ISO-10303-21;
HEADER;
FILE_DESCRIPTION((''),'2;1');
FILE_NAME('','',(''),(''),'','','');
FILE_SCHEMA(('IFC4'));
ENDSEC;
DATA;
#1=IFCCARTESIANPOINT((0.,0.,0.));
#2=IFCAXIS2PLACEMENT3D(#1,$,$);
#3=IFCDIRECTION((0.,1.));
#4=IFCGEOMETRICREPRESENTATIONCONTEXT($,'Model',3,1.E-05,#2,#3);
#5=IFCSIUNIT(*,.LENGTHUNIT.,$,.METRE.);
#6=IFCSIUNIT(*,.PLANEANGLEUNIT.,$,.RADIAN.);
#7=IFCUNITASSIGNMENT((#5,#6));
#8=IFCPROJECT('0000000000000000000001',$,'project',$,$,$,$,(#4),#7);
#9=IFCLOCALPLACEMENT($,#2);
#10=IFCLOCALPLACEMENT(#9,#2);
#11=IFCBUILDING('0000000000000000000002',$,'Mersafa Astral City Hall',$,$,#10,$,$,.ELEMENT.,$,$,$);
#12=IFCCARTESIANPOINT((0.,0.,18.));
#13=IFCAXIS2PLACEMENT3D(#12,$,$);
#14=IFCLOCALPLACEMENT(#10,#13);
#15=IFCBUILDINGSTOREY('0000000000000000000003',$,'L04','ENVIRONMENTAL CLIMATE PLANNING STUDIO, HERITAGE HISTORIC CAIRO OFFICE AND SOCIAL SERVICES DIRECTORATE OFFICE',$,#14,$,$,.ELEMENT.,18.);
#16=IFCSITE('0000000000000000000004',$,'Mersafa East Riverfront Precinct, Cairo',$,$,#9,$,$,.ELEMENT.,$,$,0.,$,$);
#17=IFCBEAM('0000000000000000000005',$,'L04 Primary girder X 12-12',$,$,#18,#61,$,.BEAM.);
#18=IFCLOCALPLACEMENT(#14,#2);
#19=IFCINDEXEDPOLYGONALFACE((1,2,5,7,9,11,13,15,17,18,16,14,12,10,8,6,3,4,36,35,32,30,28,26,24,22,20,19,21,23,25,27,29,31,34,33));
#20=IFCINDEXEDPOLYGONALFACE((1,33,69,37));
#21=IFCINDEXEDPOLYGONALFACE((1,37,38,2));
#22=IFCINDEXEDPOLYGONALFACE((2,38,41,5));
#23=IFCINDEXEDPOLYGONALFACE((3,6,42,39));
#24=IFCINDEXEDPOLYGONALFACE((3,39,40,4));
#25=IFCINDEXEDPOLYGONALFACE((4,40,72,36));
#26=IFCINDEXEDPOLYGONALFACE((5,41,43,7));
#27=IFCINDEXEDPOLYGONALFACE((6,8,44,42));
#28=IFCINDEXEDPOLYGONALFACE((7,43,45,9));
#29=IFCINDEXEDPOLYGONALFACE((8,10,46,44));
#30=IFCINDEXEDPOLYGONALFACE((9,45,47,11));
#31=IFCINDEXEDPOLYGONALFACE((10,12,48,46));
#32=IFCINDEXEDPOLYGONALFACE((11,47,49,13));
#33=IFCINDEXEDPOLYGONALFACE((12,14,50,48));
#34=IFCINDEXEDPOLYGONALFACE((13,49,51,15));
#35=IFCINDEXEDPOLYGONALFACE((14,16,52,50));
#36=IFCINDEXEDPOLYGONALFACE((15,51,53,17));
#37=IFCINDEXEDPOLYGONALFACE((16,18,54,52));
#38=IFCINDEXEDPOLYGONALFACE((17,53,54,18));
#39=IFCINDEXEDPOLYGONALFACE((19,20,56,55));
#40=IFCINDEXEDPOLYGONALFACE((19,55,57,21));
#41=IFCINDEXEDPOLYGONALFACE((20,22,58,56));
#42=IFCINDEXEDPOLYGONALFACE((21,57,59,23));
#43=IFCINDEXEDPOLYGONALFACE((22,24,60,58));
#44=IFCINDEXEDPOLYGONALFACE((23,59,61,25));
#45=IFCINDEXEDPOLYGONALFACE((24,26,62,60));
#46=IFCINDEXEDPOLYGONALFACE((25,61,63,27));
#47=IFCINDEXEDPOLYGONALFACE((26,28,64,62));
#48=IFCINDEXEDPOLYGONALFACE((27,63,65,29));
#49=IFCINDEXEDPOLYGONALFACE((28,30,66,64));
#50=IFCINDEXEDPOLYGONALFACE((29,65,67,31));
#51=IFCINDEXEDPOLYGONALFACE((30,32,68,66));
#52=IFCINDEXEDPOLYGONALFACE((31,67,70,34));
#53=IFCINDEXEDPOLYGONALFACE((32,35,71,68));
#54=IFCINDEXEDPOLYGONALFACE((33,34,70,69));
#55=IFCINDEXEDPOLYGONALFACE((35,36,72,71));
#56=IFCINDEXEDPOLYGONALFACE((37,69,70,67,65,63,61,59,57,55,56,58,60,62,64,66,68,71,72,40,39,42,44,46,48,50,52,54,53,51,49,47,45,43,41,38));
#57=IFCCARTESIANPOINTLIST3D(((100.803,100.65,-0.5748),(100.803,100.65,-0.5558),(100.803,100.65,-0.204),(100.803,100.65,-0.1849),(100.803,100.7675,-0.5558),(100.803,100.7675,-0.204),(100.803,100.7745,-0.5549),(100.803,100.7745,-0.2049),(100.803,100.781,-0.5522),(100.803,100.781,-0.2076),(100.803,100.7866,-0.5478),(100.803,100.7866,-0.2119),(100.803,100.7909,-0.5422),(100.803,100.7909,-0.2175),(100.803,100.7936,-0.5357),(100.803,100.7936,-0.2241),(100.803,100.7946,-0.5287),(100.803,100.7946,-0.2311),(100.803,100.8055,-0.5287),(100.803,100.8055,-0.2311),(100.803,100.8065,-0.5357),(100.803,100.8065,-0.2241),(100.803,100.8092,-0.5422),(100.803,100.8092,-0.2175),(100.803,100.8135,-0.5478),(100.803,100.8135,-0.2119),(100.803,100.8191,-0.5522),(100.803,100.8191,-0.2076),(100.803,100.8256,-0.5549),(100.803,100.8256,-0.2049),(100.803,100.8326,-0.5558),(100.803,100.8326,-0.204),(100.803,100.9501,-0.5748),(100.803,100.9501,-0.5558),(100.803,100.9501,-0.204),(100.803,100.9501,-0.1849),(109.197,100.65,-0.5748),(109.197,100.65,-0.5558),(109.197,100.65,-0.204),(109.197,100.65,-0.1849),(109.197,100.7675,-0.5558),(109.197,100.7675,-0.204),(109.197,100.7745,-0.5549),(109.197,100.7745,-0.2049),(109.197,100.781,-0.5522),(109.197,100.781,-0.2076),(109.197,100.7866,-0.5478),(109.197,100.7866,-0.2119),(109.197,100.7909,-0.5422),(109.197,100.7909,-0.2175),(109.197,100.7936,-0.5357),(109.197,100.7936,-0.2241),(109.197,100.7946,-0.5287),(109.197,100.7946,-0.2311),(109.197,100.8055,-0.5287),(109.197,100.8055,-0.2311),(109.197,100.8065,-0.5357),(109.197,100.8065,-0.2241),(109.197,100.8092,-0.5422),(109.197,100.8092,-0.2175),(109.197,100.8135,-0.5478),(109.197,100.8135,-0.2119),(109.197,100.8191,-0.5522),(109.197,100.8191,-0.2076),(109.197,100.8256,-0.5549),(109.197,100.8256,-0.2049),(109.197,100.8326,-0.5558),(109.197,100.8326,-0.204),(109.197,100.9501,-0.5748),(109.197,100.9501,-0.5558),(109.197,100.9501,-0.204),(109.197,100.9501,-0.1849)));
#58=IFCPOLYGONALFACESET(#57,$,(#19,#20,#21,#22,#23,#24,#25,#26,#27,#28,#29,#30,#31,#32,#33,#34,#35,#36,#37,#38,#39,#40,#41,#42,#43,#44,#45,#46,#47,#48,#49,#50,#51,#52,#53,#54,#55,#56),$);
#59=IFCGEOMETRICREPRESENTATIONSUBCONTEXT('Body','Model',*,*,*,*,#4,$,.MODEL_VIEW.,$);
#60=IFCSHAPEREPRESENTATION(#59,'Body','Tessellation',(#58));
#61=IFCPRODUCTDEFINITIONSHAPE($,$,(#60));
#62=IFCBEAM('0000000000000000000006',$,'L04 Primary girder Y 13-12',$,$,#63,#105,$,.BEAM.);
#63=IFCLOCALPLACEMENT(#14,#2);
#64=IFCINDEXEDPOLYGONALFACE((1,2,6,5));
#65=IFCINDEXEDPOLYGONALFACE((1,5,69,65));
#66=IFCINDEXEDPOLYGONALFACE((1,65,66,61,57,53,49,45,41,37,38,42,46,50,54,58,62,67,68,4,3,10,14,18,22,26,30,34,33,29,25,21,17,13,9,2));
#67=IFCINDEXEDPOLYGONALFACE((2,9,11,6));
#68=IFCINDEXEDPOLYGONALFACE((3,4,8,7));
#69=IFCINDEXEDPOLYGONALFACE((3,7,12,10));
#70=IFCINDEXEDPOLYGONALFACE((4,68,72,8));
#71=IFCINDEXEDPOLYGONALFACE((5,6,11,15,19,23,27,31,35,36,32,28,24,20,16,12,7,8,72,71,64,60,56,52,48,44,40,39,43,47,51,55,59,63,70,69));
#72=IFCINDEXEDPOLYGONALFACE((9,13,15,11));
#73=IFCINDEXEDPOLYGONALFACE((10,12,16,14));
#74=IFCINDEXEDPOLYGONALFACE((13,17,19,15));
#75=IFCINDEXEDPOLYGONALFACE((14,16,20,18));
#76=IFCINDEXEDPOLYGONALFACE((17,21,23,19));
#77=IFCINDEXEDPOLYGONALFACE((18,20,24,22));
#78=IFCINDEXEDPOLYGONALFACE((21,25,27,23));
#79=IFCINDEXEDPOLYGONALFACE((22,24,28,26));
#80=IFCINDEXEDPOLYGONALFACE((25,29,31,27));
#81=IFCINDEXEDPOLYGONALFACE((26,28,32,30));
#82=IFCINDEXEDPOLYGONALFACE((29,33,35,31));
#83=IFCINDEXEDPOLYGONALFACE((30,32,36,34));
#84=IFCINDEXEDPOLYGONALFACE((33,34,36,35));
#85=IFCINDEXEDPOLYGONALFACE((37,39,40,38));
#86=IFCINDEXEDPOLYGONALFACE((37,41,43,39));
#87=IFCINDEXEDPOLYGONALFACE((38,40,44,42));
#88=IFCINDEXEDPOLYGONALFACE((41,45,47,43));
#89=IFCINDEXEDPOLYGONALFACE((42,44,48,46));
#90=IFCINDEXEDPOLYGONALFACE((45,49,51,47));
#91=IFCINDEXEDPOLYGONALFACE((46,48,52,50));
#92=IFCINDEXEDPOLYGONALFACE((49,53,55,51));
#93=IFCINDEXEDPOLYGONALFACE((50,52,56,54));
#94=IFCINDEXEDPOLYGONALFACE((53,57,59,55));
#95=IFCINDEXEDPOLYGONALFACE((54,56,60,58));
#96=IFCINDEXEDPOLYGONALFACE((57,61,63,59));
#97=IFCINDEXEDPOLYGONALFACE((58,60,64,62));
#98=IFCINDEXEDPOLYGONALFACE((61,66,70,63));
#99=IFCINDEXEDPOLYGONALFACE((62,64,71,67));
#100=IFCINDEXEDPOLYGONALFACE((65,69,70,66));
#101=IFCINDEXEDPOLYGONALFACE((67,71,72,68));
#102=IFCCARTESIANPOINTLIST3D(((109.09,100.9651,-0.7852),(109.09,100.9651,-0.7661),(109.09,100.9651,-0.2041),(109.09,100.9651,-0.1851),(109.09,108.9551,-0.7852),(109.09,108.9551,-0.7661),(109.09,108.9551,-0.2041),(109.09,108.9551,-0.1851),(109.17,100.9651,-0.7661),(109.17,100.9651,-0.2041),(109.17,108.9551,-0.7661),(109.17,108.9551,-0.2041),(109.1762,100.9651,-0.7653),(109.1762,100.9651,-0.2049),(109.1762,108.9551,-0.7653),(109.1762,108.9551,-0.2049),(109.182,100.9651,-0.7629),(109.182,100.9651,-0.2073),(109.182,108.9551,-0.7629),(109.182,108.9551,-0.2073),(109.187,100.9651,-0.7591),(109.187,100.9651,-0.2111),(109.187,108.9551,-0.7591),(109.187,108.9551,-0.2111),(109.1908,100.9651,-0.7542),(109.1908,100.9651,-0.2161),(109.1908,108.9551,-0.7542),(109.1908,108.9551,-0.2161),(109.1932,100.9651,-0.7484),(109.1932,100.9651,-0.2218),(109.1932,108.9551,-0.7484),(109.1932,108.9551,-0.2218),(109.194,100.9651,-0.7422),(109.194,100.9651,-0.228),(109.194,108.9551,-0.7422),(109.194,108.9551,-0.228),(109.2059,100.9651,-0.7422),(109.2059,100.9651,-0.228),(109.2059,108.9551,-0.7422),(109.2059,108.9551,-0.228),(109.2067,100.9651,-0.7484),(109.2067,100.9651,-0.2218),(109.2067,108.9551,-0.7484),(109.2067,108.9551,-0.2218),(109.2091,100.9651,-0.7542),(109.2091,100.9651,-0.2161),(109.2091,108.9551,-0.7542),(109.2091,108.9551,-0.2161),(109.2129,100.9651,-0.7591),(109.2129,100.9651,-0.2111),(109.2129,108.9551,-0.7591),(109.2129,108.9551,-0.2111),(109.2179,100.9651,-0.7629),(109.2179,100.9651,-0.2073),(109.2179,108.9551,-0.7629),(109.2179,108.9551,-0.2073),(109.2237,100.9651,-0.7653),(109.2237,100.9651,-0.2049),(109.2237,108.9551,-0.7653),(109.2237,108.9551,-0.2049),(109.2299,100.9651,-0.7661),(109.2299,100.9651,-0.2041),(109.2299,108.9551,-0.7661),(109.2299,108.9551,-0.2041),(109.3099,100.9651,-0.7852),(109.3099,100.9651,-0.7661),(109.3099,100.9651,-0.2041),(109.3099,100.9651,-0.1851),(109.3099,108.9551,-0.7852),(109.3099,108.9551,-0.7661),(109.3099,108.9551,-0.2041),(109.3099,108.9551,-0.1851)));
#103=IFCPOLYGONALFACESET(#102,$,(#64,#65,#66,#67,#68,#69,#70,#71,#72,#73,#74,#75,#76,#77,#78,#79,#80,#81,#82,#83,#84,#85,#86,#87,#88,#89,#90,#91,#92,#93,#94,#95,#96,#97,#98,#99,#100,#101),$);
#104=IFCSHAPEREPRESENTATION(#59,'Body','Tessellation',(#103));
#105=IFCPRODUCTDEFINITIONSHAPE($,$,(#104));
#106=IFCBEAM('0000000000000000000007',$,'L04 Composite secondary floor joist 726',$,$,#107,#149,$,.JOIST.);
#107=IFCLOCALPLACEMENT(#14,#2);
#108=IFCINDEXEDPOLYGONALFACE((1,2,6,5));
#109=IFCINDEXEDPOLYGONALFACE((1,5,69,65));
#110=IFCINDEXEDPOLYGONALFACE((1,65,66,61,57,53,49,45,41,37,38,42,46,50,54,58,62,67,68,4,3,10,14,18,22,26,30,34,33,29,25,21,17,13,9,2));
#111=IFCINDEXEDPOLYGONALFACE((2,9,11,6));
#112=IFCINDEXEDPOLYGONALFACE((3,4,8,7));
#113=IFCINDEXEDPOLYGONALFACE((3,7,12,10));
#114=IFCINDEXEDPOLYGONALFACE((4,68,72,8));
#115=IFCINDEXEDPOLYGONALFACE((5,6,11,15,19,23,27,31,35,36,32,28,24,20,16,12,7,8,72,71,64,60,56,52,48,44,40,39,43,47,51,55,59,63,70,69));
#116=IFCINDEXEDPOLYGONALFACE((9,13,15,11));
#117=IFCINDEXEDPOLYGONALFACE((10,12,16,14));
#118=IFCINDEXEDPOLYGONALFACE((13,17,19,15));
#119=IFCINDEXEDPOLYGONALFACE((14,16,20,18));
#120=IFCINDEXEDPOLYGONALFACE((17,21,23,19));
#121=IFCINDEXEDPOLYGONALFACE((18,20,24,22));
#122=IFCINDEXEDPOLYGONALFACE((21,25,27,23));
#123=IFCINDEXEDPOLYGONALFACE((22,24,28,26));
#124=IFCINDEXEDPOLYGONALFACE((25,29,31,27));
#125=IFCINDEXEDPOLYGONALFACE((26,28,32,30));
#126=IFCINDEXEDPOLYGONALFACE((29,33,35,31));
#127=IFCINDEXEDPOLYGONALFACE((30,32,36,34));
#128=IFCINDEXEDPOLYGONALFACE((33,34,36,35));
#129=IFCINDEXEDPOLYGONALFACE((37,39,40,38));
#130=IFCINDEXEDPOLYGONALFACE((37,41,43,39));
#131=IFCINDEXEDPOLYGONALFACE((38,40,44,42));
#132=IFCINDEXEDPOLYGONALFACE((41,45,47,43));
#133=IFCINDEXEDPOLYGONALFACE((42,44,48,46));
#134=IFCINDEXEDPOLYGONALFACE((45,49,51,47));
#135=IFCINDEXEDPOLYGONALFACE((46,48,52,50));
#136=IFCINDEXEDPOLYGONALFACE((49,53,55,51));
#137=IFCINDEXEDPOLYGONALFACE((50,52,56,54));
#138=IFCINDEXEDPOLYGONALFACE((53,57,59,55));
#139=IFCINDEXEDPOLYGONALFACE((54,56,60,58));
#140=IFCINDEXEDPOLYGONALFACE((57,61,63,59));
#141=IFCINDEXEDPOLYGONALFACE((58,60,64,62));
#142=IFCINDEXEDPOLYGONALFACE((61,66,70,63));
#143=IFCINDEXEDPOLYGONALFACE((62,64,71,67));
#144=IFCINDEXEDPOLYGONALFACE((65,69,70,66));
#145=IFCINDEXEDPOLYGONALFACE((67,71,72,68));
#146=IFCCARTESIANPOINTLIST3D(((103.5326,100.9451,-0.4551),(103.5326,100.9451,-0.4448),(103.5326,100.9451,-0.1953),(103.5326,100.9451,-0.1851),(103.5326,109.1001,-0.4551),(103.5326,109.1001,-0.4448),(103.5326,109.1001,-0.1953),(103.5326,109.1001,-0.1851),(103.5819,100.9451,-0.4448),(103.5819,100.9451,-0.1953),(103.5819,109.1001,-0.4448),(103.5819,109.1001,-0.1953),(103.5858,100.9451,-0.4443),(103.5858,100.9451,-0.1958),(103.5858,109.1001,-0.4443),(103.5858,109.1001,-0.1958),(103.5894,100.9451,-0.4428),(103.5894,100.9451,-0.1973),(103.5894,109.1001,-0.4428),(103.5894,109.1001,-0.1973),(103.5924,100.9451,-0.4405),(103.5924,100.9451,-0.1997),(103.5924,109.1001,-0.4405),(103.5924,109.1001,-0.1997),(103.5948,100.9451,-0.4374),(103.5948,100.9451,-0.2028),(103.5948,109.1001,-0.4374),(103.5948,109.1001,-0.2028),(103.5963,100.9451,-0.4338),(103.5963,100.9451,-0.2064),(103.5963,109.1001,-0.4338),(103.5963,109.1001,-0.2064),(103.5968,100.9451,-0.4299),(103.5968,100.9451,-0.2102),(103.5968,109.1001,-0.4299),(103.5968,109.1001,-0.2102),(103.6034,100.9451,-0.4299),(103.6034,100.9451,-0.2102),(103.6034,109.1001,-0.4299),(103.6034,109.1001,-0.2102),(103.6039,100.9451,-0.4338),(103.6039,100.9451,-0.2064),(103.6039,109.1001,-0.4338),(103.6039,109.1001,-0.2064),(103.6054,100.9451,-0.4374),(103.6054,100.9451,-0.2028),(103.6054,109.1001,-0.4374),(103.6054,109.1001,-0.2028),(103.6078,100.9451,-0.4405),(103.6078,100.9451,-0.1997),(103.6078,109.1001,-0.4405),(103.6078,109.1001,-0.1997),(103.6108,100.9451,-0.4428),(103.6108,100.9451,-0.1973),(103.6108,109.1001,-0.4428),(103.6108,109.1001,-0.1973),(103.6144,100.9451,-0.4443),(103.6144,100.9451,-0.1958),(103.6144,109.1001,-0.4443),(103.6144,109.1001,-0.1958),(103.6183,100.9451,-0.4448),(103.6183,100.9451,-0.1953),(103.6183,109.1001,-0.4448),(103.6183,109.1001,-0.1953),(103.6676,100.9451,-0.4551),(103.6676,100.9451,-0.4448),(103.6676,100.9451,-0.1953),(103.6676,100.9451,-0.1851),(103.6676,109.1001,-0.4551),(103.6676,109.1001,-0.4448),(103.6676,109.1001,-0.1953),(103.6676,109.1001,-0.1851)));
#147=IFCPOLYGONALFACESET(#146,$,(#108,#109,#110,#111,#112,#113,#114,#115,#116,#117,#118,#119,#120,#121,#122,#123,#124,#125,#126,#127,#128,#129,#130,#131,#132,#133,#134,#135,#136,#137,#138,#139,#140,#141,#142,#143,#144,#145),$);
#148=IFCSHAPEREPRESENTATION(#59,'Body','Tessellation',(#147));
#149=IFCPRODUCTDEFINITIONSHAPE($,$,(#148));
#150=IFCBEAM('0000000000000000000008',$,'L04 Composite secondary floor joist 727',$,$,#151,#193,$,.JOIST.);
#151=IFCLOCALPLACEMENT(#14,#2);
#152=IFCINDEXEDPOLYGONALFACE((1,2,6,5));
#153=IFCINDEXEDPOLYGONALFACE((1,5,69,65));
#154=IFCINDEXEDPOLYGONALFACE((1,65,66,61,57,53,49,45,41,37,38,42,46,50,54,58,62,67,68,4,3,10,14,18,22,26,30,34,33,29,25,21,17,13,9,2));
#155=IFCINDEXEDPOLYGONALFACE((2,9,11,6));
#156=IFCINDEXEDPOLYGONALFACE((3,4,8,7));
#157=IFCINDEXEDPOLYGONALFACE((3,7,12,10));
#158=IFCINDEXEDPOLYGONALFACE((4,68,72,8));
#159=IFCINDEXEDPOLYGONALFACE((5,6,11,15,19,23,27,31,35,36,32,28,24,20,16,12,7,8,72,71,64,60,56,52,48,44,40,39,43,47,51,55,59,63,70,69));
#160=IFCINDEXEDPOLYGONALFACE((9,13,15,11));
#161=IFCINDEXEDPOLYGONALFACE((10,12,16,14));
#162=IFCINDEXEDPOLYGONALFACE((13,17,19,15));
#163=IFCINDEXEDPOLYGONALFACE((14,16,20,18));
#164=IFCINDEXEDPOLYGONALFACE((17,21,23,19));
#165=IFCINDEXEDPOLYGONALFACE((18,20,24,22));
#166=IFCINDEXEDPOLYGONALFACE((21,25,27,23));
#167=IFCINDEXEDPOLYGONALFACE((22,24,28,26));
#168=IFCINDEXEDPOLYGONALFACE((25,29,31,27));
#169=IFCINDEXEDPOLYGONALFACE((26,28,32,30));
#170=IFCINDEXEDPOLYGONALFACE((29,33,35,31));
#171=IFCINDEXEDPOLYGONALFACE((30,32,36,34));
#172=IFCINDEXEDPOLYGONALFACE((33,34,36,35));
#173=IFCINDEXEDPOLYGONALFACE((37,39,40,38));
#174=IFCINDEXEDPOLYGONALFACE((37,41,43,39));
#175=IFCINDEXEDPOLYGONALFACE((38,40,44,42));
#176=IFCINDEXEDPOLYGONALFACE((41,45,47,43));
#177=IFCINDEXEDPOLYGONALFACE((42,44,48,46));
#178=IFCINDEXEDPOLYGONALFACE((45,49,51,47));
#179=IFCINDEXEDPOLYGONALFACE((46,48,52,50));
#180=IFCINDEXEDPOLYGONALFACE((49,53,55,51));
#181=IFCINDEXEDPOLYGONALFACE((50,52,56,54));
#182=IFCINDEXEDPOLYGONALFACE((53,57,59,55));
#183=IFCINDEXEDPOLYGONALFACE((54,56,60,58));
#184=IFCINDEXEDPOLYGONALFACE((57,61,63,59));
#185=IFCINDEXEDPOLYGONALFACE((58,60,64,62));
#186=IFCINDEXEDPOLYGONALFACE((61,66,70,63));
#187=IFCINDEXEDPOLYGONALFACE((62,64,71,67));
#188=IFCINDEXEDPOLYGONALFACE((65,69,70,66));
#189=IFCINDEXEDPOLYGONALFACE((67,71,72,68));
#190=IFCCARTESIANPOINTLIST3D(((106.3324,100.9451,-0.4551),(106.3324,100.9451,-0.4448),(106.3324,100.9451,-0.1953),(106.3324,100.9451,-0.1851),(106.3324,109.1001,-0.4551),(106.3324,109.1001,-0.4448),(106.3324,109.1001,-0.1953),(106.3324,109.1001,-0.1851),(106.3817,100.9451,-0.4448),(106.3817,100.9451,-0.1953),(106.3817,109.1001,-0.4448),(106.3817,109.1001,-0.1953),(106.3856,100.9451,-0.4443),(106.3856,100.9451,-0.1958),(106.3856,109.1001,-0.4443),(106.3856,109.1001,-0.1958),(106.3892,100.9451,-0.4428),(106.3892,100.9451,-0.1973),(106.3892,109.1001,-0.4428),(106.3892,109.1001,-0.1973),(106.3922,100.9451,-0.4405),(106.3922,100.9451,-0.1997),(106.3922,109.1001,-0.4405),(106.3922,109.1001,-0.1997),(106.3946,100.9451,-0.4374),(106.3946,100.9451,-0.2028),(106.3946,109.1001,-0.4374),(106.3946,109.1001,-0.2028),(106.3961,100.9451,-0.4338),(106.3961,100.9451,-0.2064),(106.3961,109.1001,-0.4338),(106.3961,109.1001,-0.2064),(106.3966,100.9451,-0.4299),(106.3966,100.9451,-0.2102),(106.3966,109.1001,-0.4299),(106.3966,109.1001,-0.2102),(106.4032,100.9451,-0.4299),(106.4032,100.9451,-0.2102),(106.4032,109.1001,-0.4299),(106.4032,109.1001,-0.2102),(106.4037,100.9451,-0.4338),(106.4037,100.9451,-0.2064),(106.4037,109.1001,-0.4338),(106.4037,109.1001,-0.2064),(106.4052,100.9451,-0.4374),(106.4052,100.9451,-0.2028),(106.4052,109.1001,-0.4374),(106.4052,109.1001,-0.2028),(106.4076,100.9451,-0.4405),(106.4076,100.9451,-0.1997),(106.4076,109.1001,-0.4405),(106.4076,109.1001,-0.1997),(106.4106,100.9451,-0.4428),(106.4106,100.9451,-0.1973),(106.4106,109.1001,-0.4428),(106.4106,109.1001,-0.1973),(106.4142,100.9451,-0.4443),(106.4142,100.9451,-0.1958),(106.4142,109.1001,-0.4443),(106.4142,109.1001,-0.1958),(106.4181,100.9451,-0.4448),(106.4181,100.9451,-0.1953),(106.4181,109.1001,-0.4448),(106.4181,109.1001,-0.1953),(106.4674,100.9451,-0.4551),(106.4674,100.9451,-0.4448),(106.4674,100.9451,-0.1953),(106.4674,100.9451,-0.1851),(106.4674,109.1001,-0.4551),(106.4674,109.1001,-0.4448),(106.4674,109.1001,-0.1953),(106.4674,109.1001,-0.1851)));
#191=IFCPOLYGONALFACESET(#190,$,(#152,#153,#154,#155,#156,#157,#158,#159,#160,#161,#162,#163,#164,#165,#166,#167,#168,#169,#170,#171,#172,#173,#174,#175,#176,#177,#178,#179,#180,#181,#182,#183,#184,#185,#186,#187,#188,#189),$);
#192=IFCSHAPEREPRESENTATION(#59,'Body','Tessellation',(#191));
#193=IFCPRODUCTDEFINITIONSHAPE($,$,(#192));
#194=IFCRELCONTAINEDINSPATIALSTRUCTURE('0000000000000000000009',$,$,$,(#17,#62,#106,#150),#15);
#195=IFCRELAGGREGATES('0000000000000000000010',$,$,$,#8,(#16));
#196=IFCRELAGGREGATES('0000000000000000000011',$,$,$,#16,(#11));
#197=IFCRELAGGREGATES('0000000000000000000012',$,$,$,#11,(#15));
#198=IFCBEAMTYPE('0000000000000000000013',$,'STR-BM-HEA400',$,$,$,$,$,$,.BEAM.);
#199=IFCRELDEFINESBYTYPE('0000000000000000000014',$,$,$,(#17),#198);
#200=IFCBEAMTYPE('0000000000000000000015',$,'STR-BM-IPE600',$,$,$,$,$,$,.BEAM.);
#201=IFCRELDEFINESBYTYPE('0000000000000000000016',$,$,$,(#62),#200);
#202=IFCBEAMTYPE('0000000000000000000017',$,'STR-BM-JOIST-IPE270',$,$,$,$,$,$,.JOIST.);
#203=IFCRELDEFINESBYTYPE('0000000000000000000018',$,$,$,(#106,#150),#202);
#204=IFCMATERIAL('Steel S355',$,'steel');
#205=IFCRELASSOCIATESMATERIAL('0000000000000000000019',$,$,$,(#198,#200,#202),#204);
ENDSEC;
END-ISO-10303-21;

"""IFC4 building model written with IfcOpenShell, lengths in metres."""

from ifc_helpers import new_model, si_unit, direction, frame, origin, origin_2d, place, context, subcontext, project, spatial, i_section, extrude, material, material_profile, profile_set, type_object, element, save


model = new_model("IFC4")

# Units and contexts
model_context = context("Model", 3, precision=1e-05, world=origin(), true_north=direction((0.0, 1.0)))
body_context = subcontext(model_context, "Body", "Model", "MODEL_VIEW")
ifc_project = project(units=[si_unit("LENGTHUNIT", "METRE"), si_unit("PLANEANGLEUNIT", "RADIAN")], contexts=[model_context])

# Site, building, storey
site_placement = place(None, origin())
site = spatial("IfcSite", under=ifc_project, at=site_placement, Name="Mersafa East Riverfront Precinct, Cairo", CompositionType="ELEMENT", RefElevation=0.0)
building_placement = place(site_placement, origin())
building = spatial("IfcBuilding", under=site, at=building_placement, Name="Mersafa Astral City Hall", CompositionType="ELEMENT")
storey_placement = place(building_placement, frame((0.0, 0.0, 18.0)))
storey = spatial("IfcBuildingStorey", under=building, at=storey_placement, Name="L04", Description="ENVIRONMENTAL CLIMATE PLANNING STUDIO, HERITAGE HISTORIC CAIRO OFFICE AND SOCIAL SERVICES DIRECTORATE OFFICE", CompositionType="ELEMENT", Elevation=18.0)

# Shared definitions
ifc_material_1 = material(Name="Steel S355", Category="steel")

# Beams
ifc_material_profile_1 = material_profile(ifc_material_1, i_section(OverallWidth=0.3, OverallDepth=0.3899, WebThickness=0.011, FlangeThickness=0.019, FilletRadius=0.0271, at=origin_2d()), Name="HEA 400")
ifc_profile_set_1 = profile_set([ifc_material_profile_1], Name="Steel S355")
beam_type_1 = type_object("IfcBeamType", Name="STR-BM-HEA400", PredefinedType="BEAM", material=ifc_profile_set_1)
beam_1_placement = place(storey_placement, frame((100.803, 100.8, -0.3799), z_axis=(1.0, 0.0, 0.0), x_axis=(0.0, 1.0, 0.0)))
element("IfcBeam", 1, at=beam_1_placement, inside=storey, type_object=beam_type_1, Name="L04 Primary girder X 12-12", PredefinedType="BEAM", context=body_context, shape_type="SweptSolid", body=[
    extrude(i_section(OverallWidth=0.3, OverallDepth=0.3899, WebThickness=0.011, FlangeThickness=0.019, FilletRadius=0.0271, at=origin_2d()), origin(), (0.0, 0.0, 1.0), 8.394),
])
ifc_material_profile_2 = material_profile(ifc_material_1, i_section(OverallWidth=0.22, OverallDepth=0.6001, WebThickness=0.012, FlangeThickness=0.019, FilletRadius=0.0239, at=origin_2d()), Name="IPE 600")
ifc_profile_set_2 = profile_set([ifc_material_profile_2], Name="Steel S355")
beam_type_2 = type_object("IfcBeamType", Name="STR-BM-IPE600", PredefinedType="BEAM", material=ifc_profile_set_2)
beam_2_placement = place(storey_placement, frame((109.2, 100.9651, -0.4851), z_axis=(0.0, 1.0, 0.0), x_axis=(-1.0, 0.0, 0.0)))
element("IfcBeam", 2, at=beam_2_placement, inside=storey, type_object=beam_type_2, Name="L04 Primary girder Y 13-12", PredefinedType="BEAM", context=body_context, shape_type="SweptSolid", body=[
    extrude(i_section(OverallWidth=0.22, OverallDepth=0.6001, WebThickness=0.012, FlangeThickness=0.019, FilletRadius=0.0239, at=origin_2d()), origin(), (0.0, 0.0, 1.0), 7.99),
])
ifc_material_profile_3 = material_profile(ifc_material_1, i_section(OverallWidth=0.135, OverallDepth=0.27, WebThickness=0.0066, FlangeThickness=0.0103, FilletRadius=0.0149, at=origin_2d()), Name="IPE 270")
ifc_profile_set_3 = profile_set([ifc_material_profile_3], Name="Steel S355")
beam_type_3 = type_object("IfcBeamType", Name="STR-BM-JOIST-IPE270", PredefinedType="JOIST", material=ifc_profile_set_3)
for number, where, z_axis, x_axis, name in (
    (3, (103.6001, 100.9451, -0.3201), (0.0, 1.0, 0.0), (-1.0, 0.0, 0.0), "L04 Composite secondary floor joist 726"),
    (4, (106.3999, 100.9451, -0.3201), (0.0, 1.0, 0.0), (-1.0, 0.0, 0.0), "L04 Composite secondary floor joist 727"),
):
    element("IfcBeam", number, at=place(storey_placement, frame(where, z_axis=z_axis, x_axis=x_axis)), inside=storey, type_object=beam_type_3, Name=name, PredefinedType="JOIST", context=body_context, shape_type="SweptSolid", body=[
        extrude(i_section(OverallWidth=0.135, OverallDepth=0.27, WebThickness=0.0066, FlangeThickness=0.0103, FilletRadius=0.0149, at=origin_2d()), origin(), (0.0, 0.0, 1.0), 8.155),
    ])

save(model, "model.ifc")
